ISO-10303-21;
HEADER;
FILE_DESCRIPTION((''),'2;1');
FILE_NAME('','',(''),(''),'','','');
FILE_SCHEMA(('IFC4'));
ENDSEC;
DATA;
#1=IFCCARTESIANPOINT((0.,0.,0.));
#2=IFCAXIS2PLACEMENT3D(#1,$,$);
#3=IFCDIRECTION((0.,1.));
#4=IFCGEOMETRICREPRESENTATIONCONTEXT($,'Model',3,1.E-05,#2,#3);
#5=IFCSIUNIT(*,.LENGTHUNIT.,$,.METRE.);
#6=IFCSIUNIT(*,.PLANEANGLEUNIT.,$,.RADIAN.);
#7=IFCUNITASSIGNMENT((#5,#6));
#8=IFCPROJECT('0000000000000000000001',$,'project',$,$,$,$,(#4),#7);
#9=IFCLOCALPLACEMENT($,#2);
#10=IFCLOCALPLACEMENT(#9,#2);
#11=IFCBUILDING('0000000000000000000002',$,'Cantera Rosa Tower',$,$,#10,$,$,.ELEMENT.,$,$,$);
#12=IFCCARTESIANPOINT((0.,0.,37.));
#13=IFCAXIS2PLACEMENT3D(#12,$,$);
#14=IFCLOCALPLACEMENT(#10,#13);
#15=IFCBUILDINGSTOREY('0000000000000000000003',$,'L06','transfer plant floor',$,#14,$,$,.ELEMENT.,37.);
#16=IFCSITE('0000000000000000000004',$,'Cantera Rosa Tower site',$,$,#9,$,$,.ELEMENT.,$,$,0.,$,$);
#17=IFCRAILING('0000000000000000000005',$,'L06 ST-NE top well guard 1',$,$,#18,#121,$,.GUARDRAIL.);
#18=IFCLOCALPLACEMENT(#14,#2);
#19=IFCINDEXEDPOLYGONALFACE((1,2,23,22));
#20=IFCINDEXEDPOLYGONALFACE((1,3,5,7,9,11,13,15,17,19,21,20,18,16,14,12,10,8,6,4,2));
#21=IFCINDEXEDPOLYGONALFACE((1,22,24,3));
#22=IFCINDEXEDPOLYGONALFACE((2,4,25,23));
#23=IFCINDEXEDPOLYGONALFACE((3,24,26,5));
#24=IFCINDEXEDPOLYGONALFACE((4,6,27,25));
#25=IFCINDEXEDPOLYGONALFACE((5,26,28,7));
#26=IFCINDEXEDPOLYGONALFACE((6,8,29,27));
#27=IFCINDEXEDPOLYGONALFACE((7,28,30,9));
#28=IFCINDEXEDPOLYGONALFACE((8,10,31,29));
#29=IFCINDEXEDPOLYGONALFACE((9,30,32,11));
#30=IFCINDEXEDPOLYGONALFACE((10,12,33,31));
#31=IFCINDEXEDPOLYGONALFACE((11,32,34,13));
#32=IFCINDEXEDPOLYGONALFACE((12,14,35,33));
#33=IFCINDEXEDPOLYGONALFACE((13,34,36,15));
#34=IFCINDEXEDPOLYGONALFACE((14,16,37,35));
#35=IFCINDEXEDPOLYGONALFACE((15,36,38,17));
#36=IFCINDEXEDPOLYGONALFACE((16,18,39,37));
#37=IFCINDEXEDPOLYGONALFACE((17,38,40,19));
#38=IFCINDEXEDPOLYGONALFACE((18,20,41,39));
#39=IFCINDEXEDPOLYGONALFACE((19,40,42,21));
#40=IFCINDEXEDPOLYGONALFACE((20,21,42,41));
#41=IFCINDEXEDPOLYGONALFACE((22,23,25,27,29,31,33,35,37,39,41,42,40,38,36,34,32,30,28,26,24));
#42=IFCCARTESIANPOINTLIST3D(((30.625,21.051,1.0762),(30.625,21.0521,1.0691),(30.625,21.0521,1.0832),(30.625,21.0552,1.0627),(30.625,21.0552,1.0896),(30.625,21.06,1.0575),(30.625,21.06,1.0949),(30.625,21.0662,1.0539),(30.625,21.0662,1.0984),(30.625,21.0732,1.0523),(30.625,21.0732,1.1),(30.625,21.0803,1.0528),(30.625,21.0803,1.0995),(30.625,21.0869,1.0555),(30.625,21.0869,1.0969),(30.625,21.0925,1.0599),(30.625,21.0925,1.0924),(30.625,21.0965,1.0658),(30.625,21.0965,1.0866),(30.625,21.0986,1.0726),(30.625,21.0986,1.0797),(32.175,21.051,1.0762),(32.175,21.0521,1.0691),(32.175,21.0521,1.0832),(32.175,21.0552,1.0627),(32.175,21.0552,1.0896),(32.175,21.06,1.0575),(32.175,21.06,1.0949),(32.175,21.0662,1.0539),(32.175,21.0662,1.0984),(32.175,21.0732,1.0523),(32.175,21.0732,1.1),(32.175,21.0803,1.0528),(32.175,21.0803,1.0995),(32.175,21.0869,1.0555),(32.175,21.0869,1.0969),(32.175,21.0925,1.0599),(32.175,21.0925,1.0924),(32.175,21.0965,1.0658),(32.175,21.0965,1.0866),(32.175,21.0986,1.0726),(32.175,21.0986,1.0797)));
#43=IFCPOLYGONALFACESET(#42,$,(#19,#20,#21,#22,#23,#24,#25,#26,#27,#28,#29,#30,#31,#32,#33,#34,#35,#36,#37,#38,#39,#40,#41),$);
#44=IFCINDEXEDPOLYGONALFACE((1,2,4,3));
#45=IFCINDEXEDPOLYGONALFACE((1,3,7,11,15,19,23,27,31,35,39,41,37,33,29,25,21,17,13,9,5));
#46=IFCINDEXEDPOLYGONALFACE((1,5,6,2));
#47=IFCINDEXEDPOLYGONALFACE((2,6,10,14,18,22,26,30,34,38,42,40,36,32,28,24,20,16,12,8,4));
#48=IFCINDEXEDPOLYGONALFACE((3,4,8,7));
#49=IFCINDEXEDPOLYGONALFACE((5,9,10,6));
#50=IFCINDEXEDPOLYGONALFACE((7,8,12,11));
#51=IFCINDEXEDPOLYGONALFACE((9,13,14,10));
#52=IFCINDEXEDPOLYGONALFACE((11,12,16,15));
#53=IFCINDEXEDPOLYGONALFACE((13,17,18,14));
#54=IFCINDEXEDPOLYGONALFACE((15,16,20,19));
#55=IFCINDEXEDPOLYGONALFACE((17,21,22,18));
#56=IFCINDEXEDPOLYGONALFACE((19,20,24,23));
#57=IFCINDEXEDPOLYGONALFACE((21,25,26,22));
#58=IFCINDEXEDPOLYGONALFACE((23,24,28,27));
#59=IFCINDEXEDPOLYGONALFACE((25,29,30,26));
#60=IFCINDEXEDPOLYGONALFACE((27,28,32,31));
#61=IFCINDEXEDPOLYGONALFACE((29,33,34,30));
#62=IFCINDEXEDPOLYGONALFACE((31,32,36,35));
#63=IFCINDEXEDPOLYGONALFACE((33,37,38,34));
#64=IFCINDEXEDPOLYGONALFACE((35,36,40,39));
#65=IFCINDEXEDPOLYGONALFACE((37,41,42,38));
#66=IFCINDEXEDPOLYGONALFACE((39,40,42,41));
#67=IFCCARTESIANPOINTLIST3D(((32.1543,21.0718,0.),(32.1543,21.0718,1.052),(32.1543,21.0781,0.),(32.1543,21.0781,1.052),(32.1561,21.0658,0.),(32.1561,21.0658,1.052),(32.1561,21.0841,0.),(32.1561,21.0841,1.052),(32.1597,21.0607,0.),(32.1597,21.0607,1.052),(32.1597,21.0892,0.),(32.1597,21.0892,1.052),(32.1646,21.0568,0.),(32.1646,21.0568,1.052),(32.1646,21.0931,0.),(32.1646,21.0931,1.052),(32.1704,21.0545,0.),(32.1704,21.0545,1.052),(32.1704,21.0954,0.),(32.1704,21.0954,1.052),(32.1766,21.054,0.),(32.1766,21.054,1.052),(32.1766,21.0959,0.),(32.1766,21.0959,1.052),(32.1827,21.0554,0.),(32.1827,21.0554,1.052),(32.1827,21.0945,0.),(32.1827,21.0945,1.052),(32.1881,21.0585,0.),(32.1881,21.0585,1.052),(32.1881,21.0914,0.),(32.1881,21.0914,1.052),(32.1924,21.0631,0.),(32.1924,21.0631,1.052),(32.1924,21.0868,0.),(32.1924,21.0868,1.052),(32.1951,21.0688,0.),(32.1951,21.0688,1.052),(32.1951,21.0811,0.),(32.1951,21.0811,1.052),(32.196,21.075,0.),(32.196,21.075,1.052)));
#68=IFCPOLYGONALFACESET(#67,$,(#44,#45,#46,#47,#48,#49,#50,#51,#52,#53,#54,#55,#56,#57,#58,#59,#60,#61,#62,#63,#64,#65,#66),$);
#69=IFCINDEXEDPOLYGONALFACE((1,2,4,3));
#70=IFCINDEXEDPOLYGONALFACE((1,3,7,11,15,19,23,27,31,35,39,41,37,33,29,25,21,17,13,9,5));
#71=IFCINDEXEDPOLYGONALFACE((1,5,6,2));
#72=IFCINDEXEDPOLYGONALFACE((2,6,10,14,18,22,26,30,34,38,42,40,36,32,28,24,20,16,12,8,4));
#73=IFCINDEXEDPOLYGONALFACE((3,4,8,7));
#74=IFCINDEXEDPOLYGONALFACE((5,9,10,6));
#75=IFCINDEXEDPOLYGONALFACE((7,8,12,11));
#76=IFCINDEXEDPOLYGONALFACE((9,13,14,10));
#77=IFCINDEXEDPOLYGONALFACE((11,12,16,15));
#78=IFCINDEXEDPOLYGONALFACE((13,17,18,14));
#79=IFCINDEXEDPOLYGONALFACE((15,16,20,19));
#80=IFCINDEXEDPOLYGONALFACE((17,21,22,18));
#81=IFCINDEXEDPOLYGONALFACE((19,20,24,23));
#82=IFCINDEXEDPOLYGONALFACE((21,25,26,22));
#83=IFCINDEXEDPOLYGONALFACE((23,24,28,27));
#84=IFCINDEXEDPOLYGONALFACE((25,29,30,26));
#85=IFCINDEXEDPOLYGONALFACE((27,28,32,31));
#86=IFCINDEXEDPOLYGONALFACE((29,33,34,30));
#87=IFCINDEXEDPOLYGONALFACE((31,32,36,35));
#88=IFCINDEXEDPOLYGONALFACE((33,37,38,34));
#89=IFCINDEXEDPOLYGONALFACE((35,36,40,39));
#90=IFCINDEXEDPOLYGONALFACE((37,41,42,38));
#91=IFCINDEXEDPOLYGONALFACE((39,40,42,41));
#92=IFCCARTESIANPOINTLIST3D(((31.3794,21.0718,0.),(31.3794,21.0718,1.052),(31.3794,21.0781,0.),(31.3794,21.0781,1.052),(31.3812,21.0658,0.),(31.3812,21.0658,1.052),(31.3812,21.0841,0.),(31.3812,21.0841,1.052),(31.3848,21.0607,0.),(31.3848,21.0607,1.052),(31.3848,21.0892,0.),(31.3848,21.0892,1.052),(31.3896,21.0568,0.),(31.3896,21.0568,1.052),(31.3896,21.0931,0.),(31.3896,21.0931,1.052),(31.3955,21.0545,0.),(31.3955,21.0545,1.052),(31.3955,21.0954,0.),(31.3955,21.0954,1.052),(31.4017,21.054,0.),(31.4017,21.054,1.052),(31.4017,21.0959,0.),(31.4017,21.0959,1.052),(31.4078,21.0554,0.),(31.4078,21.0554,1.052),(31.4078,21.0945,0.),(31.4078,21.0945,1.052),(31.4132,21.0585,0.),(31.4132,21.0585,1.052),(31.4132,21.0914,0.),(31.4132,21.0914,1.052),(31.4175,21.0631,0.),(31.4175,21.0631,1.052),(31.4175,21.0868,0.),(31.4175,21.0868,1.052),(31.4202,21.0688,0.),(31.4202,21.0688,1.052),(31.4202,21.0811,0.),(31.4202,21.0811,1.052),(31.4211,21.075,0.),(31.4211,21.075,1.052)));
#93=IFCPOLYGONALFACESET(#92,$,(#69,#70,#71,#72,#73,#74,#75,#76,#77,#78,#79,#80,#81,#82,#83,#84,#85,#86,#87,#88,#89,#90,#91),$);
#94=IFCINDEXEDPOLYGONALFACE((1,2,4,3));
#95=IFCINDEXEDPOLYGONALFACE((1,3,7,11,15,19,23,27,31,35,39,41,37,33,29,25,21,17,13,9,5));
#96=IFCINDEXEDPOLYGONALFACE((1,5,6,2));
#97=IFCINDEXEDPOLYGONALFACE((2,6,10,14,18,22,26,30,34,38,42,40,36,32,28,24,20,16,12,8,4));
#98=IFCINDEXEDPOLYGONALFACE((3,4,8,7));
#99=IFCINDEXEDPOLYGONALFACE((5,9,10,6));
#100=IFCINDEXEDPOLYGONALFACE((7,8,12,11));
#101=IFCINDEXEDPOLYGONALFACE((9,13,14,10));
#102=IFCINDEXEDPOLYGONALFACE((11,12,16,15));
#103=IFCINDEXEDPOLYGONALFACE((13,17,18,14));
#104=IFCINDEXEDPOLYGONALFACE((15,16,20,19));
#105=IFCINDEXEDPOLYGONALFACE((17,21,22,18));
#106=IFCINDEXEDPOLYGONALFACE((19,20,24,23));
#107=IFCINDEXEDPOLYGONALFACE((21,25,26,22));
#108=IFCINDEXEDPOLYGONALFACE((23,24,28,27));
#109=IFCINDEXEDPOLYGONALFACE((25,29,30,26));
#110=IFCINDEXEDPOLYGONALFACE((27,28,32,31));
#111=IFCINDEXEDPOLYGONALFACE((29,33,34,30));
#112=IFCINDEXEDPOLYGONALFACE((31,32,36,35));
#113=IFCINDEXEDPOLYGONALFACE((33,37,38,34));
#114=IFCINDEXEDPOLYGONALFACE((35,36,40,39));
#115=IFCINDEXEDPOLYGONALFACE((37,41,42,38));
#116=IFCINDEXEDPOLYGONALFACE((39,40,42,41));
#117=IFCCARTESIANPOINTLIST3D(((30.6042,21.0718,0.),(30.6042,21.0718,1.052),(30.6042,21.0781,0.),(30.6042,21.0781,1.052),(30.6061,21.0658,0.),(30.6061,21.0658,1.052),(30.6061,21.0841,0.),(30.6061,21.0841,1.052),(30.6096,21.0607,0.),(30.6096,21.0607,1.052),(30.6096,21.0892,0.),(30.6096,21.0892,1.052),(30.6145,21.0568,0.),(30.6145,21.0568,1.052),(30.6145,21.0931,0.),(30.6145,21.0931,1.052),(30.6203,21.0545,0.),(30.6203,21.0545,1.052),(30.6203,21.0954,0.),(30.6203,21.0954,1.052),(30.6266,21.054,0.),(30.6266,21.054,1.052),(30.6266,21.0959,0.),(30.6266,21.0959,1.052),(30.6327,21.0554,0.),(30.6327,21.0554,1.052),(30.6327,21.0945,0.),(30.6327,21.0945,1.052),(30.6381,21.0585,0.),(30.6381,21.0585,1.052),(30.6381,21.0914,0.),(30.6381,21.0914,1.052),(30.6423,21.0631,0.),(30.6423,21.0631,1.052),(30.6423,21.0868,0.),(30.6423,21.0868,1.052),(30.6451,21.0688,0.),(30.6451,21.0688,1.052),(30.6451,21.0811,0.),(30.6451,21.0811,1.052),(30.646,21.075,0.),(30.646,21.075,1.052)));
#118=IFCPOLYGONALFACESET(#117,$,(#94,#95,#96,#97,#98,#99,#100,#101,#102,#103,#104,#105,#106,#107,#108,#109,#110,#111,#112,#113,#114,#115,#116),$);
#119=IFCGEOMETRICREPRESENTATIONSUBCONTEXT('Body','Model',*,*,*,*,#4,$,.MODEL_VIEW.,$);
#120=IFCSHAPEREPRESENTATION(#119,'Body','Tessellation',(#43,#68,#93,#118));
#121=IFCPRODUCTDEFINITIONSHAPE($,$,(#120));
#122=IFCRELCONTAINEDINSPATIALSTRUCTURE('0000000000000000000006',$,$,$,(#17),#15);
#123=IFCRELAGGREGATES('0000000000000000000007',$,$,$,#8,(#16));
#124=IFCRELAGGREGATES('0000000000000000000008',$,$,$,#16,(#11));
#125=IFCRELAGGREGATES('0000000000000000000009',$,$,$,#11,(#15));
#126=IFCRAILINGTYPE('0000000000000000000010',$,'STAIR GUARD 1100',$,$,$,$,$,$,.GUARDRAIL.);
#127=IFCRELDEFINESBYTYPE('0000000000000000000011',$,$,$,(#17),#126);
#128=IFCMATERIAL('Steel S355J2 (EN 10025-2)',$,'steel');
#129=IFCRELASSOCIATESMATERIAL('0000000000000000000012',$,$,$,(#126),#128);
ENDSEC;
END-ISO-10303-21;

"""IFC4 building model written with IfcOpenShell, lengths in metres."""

from ifc_helpers import new_model, si_unit, direction, frame, origin, origin_2d, place, context, subcontext, project, spatial, circle, extrude, material, type_object, element, save


model = new_model("IFC4")

# Units and contexts
model_context = context("Model", 3, precision=1e-05, world=origin(), true_north=direction((0.0, 1.0)))
body_context = subcontext(model_context, "Body", "Model", "MODEL_VIEW")
ifc_project = project(units=[si_unit("LENGTHUNIT", "METRE"), si_unit("PLANEANGLEUNIT", "RADIAN")], contexts=[model_context])

# Site, building, storey
site_placement = place(None, origin())
site = spatial("IfcSite", under=ifc_project, at=site_placement, Name="Cantera Rosa Tower site", CompositionType="ELEMENT", RefElevation=0.0)
building_placement = place(site_placement, origin())
building = spatial("IfcBuilding", under=site, at=building_placement, Name="Cantera Rosa Tower", CompositionType="ELEMENT")
storey_placement = place(building_placement, frame((0.0, 0.0, 37.0)))
storey = spatial("IfcBuildingStorey", under=building, at=storey_placement, Name="L06", Description="transfer plant floor", CompositionType="ELEMENT", Elevation=37.0)

# Railing
ifc_material_1 = material(Name="Steel S355J2 (EN 10025-2)", Category="steel")
railing_type = type_object("IfcRailingType", Name="STAIR GUARD 1100", PredefinedType="GUARDRAIL", material=ifc_material_1)
railing_1_placement = place(storey_placement, frame((32.175, 21.075, 0.0)))
element("IfcRailing", 1, at=railing_1_placement, inside=storey, type_object=railing_type, Name="L06 ST-NE top well guard 1", PredefinedType="GUARDRAIL", context=body_context, shape_type="SweptSolid", body=[
    extrude(circle(Radius=0.0239, at=origin_2d()), frame((0.0, 0.0, 1.0762), z_axis=(-1.0, 0.0, 0.0), x_axis=(0.0, -1.0, 0.0)), (0.0, 0.0, 1.0), 1.55),
    extrude(circle(Radius=0.021, at=origin_2d()), origin(), (0.0, 0.0, 1.0), 1.052),
    extrude(circle(Radius=0.021, at=origin_2d()), frame((-0.7749, 0.0, 0.0)), (0.0, 0.0, 1.0), 1.052),
    extrude(circle(Radius=0.021, at=origin_2d()), frame((-1.55, 0.0, 0.0)), (0.0, 0.0, 1.0), 1.052),
])

save(model, "model.ifc")
